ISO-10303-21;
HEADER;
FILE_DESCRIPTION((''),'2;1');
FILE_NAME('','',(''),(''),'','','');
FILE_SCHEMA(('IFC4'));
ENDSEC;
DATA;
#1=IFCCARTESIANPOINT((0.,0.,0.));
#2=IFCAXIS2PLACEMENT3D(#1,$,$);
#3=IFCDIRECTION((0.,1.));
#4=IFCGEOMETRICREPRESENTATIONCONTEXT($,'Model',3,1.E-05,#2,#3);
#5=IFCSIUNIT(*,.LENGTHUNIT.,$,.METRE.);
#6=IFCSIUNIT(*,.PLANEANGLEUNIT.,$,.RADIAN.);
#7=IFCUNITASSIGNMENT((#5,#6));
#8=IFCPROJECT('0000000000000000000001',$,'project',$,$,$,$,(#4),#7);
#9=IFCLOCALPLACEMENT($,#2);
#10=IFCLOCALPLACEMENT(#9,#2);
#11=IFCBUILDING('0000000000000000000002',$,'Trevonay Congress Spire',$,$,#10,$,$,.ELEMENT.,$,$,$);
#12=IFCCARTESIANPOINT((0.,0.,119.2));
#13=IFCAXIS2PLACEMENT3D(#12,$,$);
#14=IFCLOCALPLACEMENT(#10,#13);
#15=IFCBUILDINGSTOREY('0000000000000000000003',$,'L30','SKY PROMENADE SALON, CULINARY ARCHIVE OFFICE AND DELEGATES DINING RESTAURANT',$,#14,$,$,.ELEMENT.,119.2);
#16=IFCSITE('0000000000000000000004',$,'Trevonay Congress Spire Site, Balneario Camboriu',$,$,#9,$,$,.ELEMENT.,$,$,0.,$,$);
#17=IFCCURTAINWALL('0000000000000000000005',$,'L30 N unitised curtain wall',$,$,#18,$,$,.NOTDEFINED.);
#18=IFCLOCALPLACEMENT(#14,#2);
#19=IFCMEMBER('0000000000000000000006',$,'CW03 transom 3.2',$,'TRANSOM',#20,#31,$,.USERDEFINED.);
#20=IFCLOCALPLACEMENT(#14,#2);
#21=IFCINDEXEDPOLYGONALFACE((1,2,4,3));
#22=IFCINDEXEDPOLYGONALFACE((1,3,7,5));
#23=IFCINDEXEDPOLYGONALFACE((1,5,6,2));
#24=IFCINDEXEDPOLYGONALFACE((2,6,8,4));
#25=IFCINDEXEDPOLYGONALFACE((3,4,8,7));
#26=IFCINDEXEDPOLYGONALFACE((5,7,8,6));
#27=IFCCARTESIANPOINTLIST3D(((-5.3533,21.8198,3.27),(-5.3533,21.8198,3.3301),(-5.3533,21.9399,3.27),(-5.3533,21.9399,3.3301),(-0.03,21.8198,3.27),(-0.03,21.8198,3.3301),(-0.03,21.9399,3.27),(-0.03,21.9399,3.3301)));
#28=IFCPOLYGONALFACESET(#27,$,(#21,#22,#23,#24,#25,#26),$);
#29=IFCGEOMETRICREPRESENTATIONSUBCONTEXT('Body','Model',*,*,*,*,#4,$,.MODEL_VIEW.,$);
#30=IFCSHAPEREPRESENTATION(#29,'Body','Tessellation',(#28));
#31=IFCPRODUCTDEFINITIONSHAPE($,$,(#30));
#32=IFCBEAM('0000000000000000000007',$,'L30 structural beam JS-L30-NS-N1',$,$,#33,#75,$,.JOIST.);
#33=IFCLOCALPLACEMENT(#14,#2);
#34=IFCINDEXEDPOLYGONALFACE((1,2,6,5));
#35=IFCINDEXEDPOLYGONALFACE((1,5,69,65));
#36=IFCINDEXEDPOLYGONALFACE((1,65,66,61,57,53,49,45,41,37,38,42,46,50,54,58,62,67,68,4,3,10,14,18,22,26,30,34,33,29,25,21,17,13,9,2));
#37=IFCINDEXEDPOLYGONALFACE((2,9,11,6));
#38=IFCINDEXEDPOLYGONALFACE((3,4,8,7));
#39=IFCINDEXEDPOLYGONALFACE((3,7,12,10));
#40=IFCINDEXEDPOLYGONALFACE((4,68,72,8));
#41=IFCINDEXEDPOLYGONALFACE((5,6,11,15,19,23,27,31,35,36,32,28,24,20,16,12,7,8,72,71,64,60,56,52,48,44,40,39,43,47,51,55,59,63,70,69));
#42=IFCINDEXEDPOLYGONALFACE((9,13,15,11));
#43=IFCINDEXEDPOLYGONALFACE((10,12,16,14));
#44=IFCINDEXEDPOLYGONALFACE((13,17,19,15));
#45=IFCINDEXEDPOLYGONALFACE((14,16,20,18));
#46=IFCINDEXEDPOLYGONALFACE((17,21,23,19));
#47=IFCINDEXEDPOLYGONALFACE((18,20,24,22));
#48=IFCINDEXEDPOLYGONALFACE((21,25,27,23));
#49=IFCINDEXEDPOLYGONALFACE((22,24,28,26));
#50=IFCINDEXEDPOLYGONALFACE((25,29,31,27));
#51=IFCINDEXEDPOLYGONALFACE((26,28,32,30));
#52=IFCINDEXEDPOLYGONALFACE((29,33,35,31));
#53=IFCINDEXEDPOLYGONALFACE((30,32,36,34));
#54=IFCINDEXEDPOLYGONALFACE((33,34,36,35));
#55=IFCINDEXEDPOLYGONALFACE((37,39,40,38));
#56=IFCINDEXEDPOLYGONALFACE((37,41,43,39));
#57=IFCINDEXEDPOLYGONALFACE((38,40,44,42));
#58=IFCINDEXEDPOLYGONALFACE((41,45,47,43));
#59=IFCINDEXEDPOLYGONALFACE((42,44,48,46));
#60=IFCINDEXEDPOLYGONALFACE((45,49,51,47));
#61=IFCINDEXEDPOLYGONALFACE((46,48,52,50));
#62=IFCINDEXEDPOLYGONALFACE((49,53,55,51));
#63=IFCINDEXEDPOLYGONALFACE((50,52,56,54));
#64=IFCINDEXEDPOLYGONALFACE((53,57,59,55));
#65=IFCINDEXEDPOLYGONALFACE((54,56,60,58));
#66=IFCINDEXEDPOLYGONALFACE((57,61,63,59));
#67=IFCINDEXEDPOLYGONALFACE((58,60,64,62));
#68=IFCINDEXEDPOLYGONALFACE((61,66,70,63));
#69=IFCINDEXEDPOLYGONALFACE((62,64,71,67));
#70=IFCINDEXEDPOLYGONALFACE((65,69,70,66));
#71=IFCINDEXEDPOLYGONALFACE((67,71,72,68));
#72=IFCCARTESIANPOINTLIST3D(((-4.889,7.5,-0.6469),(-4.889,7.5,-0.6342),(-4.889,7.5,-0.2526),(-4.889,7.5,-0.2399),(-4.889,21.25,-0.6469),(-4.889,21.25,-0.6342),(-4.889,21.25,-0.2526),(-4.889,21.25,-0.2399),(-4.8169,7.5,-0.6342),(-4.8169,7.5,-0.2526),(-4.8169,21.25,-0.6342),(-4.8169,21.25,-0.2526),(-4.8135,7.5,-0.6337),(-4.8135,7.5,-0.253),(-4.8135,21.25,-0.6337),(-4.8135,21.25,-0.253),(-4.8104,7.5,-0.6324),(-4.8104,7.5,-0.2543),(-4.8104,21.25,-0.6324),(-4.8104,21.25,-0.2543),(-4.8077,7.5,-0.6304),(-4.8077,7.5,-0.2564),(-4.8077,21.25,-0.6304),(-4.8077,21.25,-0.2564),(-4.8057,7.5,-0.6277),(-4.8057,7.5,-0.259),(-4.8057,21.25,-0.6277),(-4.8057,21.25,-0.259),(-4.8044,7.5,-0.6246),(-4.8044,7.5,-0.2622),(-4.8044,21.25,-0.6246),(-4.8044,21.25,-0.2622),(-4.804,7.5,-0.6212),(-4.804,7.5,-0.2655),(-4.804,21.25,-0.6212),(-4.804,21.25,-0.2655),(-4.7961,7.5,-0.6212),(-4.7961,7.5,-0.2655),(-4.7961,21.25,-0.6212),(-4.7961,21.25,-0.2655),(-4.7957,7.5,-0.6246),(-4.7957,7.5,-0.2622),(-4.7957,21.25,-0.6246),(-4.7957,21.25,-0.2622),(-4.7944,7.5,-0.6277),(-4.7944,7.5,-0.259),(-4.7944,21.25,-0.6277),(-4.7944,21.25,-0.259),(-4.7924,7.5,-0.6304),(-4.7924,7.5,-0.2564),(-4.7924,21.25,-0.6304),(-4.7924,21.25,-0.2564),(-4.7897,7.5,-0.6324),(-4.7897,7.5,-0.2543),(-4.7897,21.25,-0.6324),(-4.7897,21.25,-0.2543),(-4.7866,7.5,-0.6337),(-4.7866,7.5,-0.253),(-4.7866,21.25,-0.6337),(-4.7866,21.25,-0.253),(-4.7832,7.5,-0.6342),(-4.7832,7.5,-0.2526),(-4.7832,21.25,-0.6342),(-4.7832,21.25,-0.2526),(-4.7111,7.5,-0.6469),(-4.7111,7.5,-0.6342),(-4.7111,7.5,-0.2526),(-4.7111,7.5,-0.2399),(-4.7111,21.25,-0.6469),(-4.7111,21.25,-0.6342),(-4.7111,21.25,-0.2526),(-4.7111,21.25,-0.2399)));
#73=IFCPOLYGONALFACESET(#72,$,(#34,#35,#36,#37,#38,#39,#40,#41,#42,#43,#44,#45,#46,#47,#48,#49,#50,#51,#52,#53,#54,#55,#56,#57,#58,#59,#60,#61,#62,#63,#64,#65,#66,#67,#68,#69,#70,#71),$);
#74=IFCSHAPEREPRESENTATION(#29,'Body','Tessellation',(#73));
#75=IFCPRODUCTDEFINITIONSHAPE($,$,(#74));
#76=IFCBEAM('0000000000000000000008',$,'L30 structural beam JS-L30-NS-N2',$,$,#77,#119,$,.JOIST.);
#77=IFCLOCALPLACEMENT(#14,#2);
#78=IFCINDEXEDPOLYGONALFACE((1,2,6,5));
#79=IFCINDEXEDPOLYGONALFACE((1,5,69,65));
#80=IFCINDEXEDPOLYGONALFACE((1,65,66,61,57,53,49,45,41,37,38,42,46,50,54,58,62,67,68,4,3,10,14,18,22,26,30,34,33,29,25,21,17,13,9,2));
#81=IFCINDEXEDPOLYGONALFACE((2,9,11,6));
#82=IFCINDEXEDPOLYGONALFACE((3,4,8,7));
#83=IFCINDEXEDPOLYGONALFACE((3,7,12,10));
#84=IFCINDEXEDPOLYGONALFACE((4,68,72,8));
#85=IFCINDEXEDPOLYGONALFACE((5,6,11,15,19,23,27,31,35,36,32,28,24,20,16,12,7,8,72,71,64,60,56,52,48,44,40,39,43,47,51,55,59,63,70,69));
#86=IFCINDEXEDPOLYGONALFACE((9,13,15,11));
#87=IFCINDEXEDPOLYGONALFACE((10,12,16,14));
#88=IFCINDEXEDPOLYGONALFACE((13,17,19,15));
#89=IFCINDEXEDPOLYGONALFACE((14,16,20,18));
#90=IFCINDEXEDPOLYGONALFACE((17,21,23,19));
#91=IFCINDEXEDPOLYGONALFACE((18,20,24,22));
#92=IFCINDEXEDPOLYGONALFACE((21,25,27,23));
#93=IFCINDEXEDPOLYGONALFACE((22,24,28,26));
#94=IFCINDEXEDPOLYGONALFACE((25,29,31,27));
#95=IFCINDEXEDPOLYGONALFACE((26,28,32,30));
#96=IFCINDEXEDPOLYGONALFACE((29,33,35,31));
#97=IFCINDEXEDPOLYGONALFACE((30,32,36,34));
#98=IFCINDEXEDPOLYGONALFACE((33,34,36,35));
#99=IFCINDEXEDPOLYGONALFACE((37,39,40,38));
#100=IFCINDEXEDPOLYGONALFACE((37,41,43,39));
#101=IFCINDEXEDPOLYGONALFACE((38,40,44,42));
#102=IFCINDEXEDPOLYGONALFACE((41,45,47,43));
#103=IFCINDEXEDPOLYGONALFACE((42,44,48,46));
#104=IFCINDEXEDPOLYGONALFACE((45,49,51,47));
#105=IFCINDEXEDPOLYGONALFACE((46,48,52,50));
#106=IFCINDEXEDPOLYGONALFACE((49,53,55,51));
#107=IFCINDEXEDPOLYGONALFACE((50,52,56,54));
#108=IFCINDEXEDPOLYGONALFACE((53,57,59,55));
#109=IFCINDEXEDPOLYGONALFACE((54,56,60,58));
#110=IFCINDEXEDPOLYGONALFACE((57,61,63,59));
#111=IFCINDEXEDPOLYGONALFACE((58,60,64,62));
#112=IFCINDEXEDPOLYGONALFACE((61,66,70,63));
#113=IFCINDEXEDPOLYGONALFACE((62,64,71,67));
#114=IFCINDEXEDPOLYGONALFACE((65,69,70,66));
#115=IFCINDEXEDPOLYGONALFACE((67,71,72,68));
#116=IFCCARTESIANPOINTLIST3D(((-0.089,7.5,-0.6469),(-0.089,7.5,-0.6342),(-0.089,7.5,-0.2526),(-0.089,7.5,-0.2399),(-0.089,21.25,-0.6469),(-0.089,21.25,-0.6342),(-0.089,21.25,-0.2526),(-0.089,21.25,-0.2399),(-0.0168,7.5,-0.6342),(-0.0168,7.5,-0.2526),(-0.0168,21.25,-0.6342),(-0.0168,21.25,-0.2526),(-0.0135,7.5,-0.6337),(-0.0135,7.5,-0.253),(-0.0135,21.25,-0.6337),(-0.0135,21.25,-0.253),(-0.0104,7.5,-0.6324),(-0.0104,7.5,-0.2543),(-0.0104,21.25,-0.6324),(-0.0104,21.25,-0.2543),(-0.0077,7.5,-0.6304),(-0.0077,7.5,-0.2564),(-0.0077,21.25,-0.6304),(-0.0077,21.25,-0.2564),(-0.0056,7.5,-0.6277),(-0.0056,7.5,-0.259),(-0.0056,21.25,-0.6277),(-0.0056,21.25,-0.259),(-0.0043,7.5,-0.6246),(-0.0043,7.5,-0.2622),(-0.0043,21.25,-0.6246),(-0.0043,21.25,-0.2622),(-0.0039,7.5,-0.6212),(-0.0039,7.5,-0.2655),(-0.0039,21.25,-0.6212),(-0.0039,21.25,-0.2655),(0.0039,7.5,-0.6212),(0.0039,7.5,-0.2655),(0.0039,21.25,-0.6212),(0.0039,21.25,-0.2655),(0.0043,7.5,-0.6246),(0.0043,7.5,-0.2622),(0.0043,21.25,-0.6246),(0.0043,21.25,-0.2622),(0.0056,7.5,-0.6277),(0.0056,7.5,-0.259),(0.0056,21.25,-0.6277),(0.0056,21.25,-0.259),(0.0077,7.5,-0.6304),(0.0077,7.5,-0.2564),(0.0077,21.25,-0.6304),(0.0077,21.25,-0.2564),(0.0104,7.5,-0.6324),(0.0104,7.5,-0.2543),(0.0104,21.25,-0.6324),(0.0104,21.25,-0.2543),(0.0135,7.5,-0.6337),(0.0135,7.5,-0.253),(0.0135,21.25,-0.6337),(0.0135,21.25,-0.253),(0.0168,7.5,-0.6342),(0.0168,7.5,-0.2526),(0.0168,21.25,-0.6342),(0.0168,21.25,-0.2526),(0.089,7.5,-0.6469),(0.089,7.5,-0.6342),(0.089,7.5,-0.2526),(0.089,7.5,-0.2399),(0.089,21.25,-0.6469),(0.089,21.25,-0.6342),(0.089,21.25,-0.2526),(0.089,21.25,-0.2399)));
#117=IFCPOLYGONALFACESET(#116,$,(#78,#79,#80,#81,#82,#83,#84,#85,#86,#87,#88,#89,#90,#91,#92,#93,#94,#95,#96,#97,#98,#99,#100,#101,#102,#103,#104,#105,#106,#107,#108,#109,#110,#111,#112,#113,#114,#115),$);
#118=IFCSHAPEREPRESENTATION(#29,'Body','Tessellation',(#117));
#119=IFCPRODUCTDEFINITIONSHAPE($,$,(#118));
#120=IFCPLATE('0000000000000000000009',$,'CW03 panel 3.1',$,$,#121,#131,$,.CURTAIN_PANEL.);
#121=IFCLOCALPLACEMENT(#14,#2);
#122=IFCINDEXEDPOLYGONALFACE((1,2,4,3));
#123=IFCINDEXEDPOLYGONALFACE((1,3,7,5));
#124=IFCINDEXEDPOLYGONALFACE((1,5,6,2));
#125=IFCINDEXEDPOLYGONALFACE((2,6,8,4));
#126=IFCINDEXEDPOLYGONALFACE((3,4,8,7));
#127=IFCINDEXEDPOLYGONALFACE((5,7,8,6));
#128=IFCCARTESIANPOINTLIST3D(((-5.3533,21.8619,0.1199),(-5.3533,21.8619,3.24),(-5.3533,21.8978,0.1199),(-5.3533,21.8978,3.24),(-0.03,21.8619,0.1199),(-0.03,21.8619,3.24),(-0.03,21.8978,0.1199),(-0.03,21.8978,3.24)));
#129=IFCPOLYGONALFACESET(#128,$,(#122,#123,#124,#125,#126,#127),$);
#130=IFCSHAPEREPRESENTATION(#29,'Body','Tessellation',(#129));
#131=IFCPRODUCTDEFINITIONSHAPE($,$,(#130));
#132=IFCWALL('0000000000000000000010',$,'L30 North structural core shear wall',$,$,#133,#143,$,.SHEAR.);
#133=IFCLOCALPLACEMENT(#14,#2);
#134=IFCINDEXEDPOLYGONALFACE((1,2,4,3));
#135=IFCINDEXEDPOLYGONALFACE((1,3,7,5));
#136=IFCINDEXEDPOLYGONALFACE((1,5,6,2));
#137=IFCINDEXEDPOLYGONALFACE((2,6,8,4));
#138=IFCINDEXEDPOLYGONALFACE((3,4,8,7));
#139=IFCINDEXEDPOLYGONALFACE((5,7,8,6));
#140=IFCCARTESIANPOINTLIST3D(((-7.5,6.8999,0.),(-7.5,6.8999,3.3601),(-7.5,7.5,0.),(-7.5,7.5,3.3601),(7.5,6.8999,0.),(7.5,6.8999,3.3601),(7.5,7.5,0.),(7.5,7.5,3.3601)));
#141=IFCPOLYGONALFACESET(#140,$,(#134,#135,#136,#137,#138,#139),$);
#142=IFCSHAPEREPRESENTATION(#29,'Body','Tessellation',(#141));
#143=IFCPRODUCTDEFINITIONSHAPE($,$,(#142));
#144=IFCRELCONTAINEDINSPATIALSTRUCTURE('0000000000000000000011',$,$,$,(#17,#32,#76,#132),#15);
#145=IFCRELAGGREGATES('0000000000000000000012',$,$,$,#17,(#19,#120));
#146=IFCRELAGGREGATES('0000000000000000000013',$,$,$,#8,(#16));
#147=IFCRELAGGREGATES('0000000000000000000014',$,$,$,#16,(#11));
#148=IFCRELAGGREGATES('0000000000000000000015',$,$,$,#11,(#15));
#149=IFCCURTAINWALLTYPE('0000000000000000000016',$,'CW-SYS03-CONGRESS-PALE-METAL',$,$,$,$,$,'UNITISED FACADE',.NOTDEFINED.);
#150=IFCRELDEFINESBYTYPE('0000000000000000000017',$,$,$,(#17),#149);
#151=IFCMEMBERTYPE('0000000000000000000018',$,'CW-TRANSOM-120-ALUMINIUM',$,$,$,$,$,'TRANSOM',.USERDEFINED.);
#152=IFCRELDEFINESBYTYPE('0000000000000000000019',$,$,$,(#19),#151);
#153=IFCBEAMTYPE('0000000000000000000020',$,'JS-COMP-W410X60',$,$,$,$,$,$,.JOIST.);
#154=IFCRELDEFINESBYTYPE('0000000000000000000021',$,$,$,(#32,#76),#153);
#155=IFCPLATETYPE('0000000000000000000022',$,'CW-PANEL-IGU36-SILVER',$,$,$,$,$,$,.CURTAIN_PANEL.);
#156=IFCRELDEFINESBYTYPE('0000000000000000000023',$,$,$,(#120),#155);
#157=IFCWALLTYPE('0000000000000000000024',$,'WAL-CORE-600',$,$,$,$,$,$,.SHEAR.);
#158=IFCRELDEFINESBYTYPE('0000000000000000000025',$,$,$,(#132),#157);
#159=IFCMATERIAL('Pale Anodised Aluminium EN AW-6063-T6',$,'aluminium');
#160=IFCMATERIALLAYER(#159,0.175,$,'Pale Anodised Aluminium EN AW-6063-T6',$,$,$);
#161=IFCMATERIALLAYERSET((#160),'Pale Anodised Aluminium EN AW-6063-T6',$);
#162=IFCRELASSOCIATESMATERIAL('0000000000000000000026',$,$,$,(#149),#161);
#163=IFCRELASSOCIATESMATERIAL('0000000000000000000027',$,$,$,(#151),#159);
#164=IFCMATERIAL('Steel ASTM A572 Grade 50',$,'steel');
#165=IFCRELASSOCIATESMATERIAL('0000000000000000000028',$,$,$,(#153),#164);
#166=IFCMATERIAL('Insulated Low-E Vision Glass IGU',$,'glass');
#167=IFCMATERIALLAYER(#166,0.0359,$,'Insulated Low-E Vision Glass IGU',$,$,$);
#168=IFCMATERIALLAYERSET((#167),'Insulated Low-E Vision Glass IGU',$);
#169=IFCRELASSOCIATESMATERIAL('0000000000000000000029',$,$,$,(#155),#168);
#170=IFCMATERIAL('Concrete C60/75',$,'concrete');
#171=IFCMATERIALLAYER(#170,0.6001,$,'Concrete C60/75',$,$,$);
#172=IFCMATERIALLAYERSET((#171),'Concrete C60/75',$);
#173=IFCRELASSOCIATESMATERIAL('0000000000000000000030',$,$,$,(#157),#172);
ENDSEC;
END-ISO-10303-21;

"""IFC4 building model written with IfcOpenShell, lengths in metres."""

from ifc_helpers import new_model, si_unit, direction, frame, frame_2d, origin, origin_2d, place, context, subcontext, project, spatial, rectangle, i_section, extrude, material, layer, layer_set, material_profile, profile_set, type_object, element, aggregate, save


model = new_model("IFC4")

# Units and contexts
model_context = context("Model", 3, precision=1e-05, world=origin(), true_north=direction((0.0, 1.0)))
body_context = subcontext(model_context, "Body", "Model", "MODEL_VIEW")
ifc_project = project(units=[si_unit("LENGTHUNIT", "METRE"), si_unit("PLANEANGLEUNIT", "RADIAN")], contexts=[model_context])

# Site, building, storey
site_placement = place(None, origin())
site = spatial("IfcSite", under=ifc_project, at=site_placement, Name="Trevonay Congress Spire Site, Balneario Camboriu", CompositionType="ELEMENT", RefElevation=0.0)
building_placement = place(site_placement, origin())
building = spatial("IfcBuilding", under=site, at=building_placement, Name="Trevonay Congress Spire", CompositionType="ELEMENT")
storey_placement = place(building_placement, frame((0.0, 0.0, 119.2)))
storey = spatial("IfcBuildingStorey", under=building, at=storey_placement, Name="L30", Description="SKY PROMENADE SALON, CULINARY ARCHIVE OFFICE AND DELEGATES DINING RESTAURANT", CompositionType="ELEMENT", Elevation=119.2)

# Shared definitions
ifc_material_1 = material(Name="Steel ASTM A572 Grade 50", Category="steel")

# Curtain wall, member
ifc_material_2 = material(Name="Pale Anodised Aluminium EN AW-6063-T6", Category="aluminium")
ifc_layer_1 = layer(ifc_material_2, 0.175, Name="Pale Anodised Aluminium EN AW-6063-T6")
ifc_layer_set_1 = layer_set([ifc_layer_1], Name="Pale Anodised Aluminium EN AW-6063-T6")
curtain_wall_type = type_object("IfcCurtainWallType", Name="CW-SYS03-CONGRESS-PALE-METAL", ElementType="UNITISED FACADE", PredefinedType="NOTDEFINED", material=ifc_layer_set_1)
curtain_wall_placement = place(storey_placement, origin())
curtain_wall = element("IfcCurtainWall", 1, at=curtain_wall_placement, inside=storey, type_object=curtain_wall_type, Name="L30 N unitised curtain wall", PredefinedType="NOTDEFINED")
ifc_material_profile_1 = material_profile(ifc_material_2, rectangle(XDim=0.1201, YDim=0.0601, at=origin_2d()), Name="CW-TRANSOM-120-ALUMINIUM")
ifc_profile_set_1 = profile_set([ifc_material_profile_1], Name="Pale Anodised Aluminium EN AW-6063-T6")
member_type_1 = type_object("IfcMemberType", Name="CW-TRANSOM-120-ALUMINIUM", ElementType="TRANSOM", PredefinedType="USERDEFINED", material=ifc_profile_set_1)
member_1_placement = place(storey_placement, frame((-5.3533, 21.8799, 3.3), z_axis=(1.0, 0.0, 0.0), x_axis=(0.0, 1.0, 0.0)))
member_1 = element("IfcMember", 2, at=member_1_placement, type_object=member_type_1, Name="CW03 transom 3.2", ObjectType="TRANSOM", PredefinedType="USERDEFINED", context=body_context, shape_type="SweptSolid", body=[
    extrude(rectangle(XDim=0.1201, YDim=0.0601, at=origin_2d()), origin(), (0.0, 0.0, 1.0), 5.3232),
])

# Beams
ifc_material_profile_2 = material_profile(ifc_material_1, i_section(OverallWidth=0.178, OverallDepth=0.407, WebThickness=0.0078, FlangeThickness=0.0127, FilletRadius=0.0129, at=origin_2d()), Name="W410x60")
ifc_profile_set_2 = profile_set([ifc_material_profile_2], Name="Steel ASTM A572 Grade 50")
beam_type_1 = type_object("IfcBeamType", Name="JS-COMP-W410X60", PredefinedType="JOIST", material=ifc_profile_set_2)
for number, where, z_axis, x_axis, name in (
    (3, (-4.8, 7.5, -0.4434), (0.0, 1.0, 0.0), (-1.0, 0.0, 0.0), "L30 structural beam JS-L30-NS-N1"),
    (4, (0.0, 7.5, -0.4434), (0.0, 1.0, 0.0), (-1.0, 0.0, 0.0), "L30 structural beam JS-L30-NS-N2"),
):
    element("IfcBeam", number, at=place(storey_placement, frame(where, z_axis=z_axis, x_axis=x_axis)), inside=storey, type_object=beam_type_1, Name=name, PredefinedType="JOIST", context=body_context, shape_type="SweptSolid", body=[
        extrude(i_section(OverallWidth=0.178, OverallDepth=0.407, WebThickness=0.0078, FlangeThickness=0.0127, FilletRadius=0.0129, at=origin_2d()), origin(), (0.0, 0.0, 1.0), 13.75),
    ])

# Plate
ifc_material_3 = material(Name="Insulated Low-E Vision Glass IGU", Category="glass")
ifc_layer_2 = layer(ifc_material_3, 0.0359, Name="Insulated Low-E Vision Glass IGU")
ifc_layer_set_2 = layer_set([ifc_layer_2], Name="Insulated Low-E Vision Glass IGU")
plate_type = type_object("IfcPlateType", Name="CW-PANEL-IGU36-SILVER", PredefinedType="CURTAIN_PANEL", material=ifc_layer_set_2)
plate_placement = place(storey_placement, frame((-2.6917, 21.8799, 0.1199), z_axis=(0.0, 0.0, 1.0), x_axis=(1.0, 0.0, 0.0)))
plate = element("IfcPlate", 5, at=plate_placement, type_object=plate_type, Name="CW03 panel 3.1", PredefinedType="CURTAIN_PANEL", context=body_context, shape_type="SweptSolid", body=[
    extrude(rectangle(XDim=5.3232, YDim=0.0359, at=origin_2d()), origin(), (0.0, 0.0, 1.0), 3.1201),
])
aggregate(curtain_wall, [member_1, plate])

# Wall
ifc_material_4 = material(Name="Concrete C60/75", Category="concrete")
ifc_layer_3 = layer(ifc_material_4, 0.6001, Name="Concrete C60/75")
ifc_layer_set_3 = layer_set([ifc_layer_3], Name="Concrete C60/75")
wall_type_1 = type_object("IfcWallType", Name="WAL-CORE-600", PredefinedType="SHEAR", material=ifc_layer_set_3)
wall_1_placement = place(storey_placement, frame((-7.5, 7.2, 0.0), z_axis=(0.0, 0.0, 1.0), x_axis=(1.0, 0.0, 0.0)))
element("IfcWall", 6, at=wall_1_placement, inside=storey, type_object=wall_type_1, Name="L30 North structural core shear wall", PredefinedType="SHEAR", context=body_context, shape_type="SweptSolid", body=[
    extrude(rectangle(XDim=15.0, YDim=0.6001, at=frame_2d((7.5, 0.0))), origin(), (0.0, 0.0, 1.0), 3.3601),
])

save(model, "model.ifc")
